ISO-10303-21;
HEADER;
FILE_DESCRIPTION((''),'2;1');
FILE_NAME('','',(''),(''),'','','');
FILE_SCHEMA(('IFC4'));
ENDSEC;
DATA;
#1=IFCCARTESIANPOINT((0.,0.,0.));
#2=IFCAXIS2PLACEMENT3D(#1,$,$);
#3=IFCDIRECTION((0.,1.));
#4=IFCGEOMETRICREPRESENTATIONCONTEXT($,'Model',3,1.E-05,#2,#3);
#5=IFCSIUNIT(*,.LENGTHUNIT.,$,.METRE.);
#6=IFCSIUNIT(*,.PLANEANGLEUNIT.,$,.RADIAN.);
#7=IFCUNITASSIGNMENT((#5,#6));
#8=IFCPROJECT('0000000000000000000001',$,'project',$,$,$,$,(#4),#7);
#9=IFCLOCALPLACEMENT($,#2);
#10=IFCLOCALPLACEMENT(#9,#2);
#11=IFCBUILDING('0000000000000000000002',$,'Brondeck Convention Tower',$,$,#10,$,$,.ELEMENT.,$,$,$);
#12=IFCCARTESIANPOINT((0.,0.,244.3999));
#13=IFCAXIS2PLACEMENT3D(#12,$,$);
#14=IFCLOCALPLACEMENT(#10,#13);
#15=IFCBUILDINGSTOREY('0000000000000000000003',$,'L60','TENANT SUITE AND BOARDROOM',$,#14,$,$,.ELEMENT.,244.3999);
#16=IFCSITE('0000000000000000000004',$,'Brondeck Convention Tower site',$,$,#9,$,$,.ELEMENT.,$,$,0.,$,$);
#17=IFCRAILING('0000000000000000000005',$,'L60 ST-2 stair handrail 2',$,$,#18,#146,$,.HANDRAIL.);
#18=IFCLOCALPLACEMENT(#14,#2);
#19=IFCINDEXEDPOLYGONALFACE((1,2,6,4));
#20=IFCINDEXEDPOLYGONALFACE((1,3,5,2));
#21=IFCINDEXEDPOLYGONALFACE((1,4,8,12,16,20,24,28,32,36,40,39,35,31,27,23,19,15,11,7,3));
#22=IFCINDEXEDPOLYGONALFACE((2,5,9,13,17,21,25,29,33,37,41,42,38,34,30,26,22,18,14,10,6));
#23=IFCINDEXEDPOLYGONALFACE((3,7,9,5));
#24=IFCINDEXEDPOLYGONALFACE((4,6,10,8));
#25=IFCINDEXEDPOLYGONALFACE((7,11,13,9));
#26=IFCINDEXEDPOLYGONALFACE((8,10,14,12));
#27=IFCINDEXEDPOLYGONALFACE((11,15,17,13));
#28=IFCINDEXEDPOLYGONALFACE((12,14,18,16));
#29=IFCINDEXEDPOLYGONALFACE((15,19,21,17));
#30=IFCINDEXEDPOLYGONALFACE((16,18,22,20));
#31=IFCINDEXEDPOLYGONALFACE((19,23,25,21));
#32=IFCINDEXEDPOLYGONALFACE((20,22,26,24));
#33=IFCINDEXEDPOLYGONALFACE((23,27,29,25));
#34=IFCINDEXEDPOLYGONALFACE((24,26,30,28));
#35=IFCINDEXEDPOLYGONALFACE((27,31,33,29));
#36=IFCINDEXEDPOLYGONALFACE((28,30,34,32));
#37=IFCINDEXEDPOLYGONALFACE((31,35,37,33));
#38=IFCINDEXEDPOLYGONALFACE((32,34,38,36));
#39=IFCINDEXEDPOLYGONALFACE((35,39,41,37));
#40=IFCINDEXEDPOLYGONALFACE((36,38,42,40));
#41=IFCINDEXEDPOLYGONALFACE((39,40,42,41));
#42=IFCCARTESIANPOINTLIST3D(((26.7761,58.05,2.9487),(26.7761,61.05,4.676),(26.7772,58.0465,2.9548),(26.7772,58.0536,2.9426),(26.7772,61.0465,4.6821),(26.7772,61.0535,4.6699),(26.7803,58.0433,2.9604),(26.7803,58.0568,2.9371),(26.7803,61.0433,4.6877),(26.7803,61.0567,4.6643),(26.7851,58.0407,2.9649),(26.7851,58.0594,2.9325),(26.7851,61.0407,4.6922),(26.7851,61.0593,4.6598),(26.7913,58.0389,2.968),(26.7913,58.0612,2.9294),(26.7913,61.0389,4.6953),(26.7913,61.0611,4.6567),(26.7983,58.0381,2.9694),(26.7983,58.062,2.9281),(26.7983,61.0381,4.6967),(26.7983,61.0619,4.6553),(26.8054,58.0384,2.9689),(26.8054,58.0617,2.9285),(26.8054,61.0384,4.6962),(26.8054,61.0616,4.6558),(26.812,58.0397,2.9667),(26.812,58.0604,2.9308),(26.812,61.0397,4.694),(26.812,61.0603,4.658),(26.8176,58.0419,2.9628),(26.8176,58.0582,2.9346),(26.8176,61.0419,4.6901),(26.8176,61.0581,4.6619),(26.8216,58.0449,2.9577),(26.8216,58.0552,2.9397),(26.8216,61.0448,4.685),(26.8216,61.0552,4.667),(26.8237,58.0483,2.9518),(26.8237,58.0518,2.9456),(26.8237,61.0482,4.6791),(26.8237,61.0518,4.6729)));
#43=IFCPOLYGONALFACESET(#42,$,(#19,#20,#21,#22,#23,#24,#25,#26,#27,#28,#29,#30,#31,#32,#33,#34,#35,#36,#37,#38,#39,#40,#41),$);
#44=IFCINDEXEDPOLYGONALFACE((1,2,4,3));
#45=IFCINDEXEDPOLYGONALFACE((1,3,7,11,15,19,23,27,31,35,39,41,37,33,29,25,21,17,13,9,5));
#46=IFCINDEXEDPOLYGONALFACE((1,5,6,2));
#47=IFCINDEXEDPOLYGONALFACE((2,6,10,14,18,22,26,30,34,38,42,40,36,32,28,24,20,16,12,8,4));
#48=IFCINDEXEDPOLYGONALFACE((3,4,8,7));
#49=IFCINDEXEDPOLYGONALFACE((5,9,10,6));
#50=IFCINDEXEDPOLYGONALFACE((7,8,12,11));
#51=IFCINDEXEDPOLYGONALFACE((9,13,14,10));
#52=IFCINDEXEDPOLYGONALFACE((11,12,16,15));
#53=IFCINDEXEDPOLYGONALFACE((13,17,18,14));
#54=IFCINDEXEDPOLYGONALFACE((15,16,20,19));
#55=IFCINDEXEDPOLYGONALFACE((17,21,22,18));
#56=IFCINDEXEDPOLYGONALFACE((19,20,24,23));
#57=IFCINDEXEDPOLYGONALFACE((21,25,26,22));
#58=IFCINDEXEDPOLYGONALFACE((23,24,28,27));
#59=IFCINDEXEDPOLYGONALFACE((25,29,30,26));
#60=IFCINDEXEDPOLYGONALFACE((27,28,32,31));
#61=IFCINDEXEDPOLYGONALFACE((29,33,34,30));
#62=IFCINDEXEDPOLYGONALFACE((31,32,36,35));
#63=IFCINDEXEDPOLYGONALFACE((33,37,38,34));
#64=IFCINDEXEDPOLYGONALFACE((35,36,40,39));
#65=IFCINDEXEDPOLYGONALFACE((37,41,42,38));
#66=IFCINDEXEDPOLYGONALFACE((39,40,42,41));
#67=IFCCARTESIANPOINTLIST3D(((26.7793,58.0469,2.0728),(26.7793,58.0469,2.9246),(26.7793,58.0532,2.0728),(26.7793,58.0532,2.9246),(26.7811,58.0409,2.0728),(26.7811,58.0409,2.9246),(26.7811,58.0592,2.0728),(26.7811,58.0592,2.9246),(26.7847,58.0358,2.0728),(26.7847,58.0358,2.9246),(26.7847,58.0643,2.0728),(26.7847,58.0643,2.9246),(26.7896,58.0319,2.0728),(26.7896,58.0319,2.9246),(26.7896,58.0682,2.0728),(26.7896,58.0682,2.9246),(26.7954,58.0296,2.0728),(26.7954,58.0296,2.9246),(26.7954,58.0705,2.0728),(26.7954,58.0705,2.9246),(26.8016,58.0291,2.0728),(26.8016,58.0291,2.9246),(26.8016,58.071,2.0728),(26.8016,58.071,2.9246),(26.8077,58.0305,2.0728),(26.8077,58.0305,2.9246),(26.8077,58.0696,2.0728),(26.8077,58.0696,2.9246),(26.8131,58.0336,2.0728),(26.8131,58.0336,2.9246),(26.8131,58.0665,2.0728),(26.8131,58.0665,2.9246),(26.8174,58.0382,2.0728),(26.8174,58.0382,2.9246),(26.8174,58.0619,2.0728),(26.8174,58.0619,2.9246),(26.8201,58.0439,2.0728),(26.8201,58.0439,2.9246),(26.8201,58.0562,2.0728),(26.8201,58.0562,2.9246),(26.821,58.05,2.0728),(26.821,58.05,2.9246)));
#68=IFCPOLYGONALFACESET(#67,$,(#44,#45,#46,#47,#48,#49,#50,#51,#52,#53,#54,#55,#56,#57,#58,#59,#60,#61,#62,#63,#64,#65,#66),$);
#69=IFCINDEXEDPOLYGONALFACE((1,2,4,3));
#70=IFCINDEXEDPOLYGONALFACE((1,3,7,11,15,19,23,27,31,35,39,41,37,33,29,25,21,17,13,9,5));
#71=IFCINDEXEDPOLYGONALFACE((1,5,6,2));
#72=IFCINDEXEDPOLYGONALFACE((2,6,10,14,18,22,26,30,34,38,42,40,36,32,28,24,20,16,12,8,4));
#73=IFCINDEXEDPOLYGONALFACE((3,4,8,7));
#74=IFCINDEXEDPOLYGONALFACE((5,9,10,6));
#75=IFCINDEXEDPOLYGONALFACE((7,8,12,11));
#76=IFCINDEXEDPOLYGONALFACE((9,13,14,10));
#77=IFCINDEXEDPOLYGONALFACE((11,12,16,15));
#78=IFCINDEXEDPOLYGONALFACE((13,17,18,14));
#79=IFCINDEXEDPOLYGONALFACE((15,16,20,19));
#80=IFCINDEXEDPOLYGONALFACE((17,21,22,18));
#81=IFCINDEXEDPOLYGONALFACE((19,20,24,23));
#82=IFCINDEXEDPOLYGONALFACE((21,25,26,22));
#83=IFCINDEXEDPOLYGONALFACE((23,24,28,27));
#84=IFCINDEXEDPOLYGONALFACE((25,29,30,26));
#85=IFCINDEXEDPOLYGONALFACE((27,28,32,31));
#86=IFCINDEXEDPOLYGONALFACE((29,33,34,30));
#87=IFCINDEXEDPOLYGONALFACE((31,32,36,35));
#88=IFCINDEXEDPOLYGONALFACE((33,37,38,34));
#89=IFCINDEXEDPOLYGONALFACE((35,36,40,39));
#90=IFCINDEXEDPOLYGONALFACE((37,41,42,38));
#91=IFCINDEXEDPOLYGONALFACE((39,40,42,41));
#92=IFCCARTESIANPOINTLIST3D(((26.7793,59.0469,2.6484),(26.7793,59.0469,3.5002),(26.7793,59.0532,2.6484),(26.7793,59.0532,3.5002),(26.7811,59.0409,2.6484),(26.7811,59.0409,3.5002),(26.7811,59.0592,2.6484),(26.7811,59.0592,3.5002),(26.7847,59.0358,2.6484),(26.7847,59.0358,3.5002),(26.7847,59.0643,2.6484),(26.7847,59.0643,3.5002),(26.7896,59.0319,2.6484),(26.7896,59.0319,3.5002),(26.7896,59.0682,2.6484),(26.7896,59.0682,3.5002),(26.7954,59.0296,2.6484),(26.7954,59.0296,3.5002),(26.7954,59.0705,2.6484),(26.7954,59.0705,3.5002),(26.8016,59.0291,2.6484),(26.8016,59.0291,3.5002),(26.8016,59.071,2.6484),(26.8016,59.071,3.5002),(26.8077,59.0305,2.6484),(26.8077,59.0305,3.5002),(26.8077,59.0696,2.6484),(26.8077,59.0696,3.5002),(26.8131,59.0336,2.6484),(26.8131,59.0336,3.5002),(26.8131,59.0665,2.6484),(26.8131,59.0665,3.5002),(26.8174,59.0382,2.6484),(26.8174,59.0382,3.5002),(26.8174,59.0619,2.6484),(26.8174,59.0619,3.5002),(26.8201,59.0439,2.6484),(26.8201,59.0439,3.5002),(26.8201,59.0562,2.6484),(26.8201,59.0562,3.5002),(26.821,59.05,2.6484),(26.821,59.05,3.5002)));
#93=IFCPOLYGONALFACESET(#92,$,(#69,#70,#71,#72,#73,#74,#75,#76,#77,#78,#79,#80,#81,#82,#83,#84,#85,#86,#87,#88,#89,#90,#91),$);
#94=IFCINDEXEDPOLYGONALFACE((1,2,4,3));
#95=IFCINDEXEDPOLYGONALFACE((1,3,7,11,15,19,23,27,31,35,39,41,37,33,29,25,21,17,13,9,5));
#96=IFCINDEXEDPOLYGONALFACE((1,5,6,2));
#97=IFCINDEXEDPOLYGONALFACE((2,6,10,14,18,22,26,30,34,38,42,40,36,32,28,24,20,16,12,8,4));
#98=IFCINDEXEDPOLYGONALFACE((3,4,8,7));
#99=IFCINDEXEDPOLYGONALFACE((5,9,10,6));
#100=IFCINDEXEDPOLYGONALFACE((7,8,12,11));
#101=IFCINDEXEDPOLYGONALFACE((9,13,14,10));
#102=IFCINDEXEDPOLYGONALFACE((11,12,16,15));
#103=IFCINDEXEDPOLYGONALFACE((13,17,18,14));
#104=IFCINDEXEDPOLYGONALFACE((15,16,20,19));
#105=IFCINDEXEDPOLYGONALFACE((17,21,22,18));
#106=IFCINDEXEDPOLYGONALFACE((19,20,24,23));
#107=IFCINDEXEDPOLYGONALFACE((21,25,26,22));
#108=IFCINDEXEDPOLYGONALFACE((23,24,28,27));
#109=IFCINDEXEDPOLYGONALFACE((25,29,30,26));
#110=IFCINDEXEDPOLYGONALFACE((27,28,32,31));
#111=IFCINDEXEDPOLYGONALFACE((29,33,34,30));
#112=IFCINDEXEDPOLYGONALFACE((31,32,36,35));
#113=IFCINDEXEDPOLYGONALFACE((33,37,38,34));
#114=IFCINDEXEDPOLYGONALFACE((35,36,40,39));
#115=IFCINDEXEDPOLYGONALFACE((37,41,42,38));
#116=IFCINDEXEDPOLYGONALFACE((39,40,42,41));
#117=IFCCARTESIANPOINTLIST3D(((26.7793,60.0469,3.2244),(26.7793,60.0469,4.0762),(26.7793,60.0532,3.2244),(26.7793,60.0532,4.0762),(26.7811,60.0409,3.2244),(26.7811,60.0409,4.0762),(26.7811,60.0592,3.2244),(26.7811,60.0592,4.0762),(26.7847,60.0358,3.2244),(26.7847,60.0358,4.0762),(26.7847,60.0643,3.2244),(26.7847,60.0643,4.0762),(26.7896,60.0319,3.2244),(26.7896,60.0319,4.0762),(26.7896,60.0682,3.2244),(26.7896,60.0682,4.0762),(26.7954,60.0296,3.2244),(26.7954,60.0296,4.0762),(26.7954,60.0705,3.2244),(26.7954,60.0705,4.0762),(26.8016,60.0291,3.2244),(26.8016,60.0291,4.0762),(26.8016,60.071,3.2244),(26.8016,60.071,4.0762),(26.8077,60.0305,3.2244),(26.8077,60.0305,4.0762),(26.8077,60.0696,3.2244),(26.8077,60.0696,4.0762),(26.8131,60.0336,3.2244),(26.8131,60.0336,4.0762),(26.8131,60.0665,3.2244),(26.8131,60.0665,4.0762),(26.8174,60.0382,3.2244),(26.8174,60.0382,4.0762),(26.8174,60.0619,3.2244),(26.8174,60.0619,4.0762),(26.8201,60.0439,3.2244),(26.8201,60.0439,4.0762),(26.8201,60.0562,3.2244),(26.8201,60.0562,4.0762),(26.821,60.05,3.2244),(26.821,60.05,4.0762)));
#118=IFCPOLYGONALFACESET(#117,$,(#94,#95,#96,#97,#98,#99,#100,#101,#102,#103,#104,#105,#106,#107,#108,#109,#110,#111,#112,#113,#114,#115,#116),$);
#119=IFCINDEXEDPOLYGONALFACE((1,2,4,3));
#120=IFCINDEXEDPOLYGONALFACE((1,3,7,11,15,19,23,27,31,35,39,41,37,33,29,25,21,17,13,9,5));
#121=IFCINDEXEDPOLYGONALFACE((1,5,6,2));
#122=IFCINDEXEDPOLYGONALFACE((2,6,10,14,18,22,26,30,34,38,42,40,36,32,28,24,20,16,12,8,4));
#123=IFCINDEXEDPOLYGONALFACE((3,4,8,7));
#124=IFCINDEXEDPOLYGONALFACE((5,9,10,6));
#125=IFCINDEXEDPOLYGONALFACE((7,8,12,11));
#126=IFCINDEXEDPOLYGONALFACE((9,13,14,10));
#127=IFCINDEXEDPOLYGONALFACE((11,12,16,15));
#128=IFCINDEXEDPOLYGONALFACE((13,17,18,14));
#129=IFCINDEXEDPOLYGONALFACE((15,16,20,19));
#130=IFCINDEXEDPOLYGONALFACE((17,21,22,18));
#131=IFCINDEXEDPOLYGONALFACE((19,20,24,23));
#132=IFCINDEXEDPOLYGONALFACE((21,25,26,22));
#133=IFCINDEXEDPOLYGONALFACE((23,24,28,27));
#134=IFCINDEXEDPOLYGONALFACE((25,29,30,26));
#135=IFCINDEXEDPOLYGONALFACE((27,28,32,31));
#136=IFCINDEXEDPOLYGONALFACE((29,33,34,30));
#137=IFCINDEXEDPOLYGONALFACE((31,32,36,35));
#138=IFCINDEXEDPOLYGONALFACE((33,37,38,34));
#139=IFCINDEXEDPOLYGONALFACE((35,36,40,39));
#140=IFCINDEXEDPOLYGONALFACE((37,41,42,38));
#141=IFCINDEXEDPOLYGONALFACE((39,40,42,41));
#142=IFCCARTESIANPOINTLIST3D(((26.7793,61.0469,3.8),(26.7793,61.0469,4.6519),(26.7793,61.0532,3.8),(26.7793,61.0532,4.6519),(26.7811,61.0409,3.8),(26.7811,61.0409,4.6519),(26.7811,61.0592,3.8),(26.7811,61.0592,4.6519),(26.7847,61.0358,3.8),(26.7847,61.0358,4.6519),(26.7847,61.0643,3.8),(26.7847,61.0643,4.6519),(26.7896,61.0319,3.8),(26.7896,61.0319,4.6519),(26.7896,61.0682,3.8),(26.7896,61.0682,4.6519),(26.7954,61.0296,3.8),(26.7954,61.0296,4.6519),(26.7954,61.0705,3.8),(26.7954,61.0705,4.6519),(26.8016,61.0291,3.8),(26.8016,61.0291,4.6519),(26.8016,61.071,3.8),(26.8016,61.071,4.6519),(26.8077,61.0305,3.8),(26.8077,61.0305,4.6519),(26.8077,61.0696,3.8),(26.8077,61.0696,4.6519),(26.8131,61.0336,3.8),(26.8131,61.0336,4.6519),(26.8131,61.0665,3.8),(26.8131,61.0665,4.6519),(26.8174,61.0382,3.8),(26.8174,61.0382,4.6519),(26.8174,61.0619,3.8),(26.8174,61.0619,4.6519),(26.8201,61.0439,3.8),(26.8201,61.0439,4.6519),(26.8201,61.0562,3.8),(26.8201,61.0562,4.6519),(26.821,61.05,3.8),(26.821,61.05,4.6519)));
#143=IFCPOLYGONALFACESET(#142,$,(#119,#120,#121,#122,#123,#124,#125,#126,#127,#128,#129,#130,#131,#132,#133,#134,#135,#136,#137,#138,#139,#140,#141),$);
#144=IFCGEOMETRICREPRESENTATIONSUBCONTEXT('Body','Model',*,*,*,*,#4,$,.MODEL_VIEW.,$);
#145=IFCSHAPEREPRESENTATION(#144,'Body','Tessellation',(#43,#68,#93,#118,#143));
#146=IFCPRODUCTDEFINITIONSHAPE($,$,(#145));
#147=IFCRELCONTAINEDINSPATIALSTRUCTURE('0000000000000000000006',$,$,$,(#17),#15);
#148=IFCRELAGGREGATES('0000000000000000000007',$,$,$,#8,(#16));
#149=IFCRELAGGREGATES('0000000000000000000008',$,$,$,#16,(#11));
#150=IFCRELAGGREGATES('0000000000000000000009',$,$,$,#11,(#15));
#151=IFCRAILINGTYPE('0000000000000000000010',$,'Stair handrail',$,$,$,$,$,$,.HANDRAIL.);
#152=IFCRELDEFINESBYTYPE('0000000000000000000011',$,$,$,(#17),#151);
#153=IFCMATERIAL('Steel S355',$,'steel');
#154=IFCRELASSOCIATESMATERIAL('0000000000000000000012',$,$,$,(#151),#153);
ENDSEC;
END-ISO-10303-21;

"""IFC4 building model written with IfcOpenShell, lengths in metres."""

from ifc_helpers import new_model, si_unit, direction, frame, origin, origin_2d, place, context, subcontext, project, spatial, circle, extrude, material, type_object, element, save


model = new_model("IFC4")

# Units and contexts
model_context = context("Model", 3, precision=1e-05, world=origin(), true_north=direction((0.0, 1.0)))
body_context = subcontext(model_context, "Body", "Model", "MODEL_VIEW")
ifc_project = project(units=[si_unit("LENGTHUNIT", "METRE"), si_unit("PLANEANGLEUNIT", "RADIAN")], contexts=[model_context])

# Site, building, storey
site_placement = place(None, origin())
site = spatial("IfcSite", under=ifc_project, at=site_placement, Name="Brondeck Convention Tower site", CompositionType="ELEMENT", RefElevation=0.0)
building_placement = place(site_placement, origin())
building = spatial("IfcBuilding", under=site, at=building_placement, Name="Brondeck Convention Tower", CompositionType="ELEMENT")
storey_placement = place(building_placement, frame((0.0, 0.0, 244.3999)))
storey = spatial("IfcBuildingStorey", under=building, at=storey_placement, Name="L60", Description="TENANT SUITE AND BOARDROOM", CompositionType="ELEMENT", Elevation=244.3999)

# Railing
ifc_material_1 = material(Name="Steel S355", Category="steel")
railing_type_1 = type_object("IfcRailingType", Name="Stair handrail", PredefinedType="HANDRAIL", material=ifc_material_1)
railing_1_placement = place(storey_placement, frame((26.8, 58.05, 2.0728)))
element("IfcRailing", 1, at=railing_1_placement, inside=storey, type_object=railing_type_1, Name="L60 ST-2 stair handrail 2", PredefinedType="HANDRAIL", context=body_context, shape_type="SweptSolid", body=[
    extrude(circle(Radius=0.0239, at=origin_2d()), frame((0.0, 0.0, 0.876), z_axis=(0.0, 0.86662, 0.498969), x_axis=(-1.0, 0.0, 0.0)), (0.0, 0.0, 1.0), 3.4617),
    extrude(circle(Radius=0.021, at=origin_2d()), origin(), (0.0, 0.0, 1.0), 0.8518),
    extrude(circle(Radius=0.021, at=origin_2d()), frame((0.0, 1.0, 0.5757)), (0.0, 0.0, 1.0), 0.8518),
    extrude(circle(Radius=0.021, at=origin_2d()), frame((0.0, 2.0, 1.1516)), (0.0, 0.0, 1.0), 0.8518),
    extrude(circle(Radius=0.021, at=origin_2d()), frame((0.0, 3.0, 1.7273)), (0.0, 0.0, 1.0), 0.8518),
])

save(model, "model.ifc")
